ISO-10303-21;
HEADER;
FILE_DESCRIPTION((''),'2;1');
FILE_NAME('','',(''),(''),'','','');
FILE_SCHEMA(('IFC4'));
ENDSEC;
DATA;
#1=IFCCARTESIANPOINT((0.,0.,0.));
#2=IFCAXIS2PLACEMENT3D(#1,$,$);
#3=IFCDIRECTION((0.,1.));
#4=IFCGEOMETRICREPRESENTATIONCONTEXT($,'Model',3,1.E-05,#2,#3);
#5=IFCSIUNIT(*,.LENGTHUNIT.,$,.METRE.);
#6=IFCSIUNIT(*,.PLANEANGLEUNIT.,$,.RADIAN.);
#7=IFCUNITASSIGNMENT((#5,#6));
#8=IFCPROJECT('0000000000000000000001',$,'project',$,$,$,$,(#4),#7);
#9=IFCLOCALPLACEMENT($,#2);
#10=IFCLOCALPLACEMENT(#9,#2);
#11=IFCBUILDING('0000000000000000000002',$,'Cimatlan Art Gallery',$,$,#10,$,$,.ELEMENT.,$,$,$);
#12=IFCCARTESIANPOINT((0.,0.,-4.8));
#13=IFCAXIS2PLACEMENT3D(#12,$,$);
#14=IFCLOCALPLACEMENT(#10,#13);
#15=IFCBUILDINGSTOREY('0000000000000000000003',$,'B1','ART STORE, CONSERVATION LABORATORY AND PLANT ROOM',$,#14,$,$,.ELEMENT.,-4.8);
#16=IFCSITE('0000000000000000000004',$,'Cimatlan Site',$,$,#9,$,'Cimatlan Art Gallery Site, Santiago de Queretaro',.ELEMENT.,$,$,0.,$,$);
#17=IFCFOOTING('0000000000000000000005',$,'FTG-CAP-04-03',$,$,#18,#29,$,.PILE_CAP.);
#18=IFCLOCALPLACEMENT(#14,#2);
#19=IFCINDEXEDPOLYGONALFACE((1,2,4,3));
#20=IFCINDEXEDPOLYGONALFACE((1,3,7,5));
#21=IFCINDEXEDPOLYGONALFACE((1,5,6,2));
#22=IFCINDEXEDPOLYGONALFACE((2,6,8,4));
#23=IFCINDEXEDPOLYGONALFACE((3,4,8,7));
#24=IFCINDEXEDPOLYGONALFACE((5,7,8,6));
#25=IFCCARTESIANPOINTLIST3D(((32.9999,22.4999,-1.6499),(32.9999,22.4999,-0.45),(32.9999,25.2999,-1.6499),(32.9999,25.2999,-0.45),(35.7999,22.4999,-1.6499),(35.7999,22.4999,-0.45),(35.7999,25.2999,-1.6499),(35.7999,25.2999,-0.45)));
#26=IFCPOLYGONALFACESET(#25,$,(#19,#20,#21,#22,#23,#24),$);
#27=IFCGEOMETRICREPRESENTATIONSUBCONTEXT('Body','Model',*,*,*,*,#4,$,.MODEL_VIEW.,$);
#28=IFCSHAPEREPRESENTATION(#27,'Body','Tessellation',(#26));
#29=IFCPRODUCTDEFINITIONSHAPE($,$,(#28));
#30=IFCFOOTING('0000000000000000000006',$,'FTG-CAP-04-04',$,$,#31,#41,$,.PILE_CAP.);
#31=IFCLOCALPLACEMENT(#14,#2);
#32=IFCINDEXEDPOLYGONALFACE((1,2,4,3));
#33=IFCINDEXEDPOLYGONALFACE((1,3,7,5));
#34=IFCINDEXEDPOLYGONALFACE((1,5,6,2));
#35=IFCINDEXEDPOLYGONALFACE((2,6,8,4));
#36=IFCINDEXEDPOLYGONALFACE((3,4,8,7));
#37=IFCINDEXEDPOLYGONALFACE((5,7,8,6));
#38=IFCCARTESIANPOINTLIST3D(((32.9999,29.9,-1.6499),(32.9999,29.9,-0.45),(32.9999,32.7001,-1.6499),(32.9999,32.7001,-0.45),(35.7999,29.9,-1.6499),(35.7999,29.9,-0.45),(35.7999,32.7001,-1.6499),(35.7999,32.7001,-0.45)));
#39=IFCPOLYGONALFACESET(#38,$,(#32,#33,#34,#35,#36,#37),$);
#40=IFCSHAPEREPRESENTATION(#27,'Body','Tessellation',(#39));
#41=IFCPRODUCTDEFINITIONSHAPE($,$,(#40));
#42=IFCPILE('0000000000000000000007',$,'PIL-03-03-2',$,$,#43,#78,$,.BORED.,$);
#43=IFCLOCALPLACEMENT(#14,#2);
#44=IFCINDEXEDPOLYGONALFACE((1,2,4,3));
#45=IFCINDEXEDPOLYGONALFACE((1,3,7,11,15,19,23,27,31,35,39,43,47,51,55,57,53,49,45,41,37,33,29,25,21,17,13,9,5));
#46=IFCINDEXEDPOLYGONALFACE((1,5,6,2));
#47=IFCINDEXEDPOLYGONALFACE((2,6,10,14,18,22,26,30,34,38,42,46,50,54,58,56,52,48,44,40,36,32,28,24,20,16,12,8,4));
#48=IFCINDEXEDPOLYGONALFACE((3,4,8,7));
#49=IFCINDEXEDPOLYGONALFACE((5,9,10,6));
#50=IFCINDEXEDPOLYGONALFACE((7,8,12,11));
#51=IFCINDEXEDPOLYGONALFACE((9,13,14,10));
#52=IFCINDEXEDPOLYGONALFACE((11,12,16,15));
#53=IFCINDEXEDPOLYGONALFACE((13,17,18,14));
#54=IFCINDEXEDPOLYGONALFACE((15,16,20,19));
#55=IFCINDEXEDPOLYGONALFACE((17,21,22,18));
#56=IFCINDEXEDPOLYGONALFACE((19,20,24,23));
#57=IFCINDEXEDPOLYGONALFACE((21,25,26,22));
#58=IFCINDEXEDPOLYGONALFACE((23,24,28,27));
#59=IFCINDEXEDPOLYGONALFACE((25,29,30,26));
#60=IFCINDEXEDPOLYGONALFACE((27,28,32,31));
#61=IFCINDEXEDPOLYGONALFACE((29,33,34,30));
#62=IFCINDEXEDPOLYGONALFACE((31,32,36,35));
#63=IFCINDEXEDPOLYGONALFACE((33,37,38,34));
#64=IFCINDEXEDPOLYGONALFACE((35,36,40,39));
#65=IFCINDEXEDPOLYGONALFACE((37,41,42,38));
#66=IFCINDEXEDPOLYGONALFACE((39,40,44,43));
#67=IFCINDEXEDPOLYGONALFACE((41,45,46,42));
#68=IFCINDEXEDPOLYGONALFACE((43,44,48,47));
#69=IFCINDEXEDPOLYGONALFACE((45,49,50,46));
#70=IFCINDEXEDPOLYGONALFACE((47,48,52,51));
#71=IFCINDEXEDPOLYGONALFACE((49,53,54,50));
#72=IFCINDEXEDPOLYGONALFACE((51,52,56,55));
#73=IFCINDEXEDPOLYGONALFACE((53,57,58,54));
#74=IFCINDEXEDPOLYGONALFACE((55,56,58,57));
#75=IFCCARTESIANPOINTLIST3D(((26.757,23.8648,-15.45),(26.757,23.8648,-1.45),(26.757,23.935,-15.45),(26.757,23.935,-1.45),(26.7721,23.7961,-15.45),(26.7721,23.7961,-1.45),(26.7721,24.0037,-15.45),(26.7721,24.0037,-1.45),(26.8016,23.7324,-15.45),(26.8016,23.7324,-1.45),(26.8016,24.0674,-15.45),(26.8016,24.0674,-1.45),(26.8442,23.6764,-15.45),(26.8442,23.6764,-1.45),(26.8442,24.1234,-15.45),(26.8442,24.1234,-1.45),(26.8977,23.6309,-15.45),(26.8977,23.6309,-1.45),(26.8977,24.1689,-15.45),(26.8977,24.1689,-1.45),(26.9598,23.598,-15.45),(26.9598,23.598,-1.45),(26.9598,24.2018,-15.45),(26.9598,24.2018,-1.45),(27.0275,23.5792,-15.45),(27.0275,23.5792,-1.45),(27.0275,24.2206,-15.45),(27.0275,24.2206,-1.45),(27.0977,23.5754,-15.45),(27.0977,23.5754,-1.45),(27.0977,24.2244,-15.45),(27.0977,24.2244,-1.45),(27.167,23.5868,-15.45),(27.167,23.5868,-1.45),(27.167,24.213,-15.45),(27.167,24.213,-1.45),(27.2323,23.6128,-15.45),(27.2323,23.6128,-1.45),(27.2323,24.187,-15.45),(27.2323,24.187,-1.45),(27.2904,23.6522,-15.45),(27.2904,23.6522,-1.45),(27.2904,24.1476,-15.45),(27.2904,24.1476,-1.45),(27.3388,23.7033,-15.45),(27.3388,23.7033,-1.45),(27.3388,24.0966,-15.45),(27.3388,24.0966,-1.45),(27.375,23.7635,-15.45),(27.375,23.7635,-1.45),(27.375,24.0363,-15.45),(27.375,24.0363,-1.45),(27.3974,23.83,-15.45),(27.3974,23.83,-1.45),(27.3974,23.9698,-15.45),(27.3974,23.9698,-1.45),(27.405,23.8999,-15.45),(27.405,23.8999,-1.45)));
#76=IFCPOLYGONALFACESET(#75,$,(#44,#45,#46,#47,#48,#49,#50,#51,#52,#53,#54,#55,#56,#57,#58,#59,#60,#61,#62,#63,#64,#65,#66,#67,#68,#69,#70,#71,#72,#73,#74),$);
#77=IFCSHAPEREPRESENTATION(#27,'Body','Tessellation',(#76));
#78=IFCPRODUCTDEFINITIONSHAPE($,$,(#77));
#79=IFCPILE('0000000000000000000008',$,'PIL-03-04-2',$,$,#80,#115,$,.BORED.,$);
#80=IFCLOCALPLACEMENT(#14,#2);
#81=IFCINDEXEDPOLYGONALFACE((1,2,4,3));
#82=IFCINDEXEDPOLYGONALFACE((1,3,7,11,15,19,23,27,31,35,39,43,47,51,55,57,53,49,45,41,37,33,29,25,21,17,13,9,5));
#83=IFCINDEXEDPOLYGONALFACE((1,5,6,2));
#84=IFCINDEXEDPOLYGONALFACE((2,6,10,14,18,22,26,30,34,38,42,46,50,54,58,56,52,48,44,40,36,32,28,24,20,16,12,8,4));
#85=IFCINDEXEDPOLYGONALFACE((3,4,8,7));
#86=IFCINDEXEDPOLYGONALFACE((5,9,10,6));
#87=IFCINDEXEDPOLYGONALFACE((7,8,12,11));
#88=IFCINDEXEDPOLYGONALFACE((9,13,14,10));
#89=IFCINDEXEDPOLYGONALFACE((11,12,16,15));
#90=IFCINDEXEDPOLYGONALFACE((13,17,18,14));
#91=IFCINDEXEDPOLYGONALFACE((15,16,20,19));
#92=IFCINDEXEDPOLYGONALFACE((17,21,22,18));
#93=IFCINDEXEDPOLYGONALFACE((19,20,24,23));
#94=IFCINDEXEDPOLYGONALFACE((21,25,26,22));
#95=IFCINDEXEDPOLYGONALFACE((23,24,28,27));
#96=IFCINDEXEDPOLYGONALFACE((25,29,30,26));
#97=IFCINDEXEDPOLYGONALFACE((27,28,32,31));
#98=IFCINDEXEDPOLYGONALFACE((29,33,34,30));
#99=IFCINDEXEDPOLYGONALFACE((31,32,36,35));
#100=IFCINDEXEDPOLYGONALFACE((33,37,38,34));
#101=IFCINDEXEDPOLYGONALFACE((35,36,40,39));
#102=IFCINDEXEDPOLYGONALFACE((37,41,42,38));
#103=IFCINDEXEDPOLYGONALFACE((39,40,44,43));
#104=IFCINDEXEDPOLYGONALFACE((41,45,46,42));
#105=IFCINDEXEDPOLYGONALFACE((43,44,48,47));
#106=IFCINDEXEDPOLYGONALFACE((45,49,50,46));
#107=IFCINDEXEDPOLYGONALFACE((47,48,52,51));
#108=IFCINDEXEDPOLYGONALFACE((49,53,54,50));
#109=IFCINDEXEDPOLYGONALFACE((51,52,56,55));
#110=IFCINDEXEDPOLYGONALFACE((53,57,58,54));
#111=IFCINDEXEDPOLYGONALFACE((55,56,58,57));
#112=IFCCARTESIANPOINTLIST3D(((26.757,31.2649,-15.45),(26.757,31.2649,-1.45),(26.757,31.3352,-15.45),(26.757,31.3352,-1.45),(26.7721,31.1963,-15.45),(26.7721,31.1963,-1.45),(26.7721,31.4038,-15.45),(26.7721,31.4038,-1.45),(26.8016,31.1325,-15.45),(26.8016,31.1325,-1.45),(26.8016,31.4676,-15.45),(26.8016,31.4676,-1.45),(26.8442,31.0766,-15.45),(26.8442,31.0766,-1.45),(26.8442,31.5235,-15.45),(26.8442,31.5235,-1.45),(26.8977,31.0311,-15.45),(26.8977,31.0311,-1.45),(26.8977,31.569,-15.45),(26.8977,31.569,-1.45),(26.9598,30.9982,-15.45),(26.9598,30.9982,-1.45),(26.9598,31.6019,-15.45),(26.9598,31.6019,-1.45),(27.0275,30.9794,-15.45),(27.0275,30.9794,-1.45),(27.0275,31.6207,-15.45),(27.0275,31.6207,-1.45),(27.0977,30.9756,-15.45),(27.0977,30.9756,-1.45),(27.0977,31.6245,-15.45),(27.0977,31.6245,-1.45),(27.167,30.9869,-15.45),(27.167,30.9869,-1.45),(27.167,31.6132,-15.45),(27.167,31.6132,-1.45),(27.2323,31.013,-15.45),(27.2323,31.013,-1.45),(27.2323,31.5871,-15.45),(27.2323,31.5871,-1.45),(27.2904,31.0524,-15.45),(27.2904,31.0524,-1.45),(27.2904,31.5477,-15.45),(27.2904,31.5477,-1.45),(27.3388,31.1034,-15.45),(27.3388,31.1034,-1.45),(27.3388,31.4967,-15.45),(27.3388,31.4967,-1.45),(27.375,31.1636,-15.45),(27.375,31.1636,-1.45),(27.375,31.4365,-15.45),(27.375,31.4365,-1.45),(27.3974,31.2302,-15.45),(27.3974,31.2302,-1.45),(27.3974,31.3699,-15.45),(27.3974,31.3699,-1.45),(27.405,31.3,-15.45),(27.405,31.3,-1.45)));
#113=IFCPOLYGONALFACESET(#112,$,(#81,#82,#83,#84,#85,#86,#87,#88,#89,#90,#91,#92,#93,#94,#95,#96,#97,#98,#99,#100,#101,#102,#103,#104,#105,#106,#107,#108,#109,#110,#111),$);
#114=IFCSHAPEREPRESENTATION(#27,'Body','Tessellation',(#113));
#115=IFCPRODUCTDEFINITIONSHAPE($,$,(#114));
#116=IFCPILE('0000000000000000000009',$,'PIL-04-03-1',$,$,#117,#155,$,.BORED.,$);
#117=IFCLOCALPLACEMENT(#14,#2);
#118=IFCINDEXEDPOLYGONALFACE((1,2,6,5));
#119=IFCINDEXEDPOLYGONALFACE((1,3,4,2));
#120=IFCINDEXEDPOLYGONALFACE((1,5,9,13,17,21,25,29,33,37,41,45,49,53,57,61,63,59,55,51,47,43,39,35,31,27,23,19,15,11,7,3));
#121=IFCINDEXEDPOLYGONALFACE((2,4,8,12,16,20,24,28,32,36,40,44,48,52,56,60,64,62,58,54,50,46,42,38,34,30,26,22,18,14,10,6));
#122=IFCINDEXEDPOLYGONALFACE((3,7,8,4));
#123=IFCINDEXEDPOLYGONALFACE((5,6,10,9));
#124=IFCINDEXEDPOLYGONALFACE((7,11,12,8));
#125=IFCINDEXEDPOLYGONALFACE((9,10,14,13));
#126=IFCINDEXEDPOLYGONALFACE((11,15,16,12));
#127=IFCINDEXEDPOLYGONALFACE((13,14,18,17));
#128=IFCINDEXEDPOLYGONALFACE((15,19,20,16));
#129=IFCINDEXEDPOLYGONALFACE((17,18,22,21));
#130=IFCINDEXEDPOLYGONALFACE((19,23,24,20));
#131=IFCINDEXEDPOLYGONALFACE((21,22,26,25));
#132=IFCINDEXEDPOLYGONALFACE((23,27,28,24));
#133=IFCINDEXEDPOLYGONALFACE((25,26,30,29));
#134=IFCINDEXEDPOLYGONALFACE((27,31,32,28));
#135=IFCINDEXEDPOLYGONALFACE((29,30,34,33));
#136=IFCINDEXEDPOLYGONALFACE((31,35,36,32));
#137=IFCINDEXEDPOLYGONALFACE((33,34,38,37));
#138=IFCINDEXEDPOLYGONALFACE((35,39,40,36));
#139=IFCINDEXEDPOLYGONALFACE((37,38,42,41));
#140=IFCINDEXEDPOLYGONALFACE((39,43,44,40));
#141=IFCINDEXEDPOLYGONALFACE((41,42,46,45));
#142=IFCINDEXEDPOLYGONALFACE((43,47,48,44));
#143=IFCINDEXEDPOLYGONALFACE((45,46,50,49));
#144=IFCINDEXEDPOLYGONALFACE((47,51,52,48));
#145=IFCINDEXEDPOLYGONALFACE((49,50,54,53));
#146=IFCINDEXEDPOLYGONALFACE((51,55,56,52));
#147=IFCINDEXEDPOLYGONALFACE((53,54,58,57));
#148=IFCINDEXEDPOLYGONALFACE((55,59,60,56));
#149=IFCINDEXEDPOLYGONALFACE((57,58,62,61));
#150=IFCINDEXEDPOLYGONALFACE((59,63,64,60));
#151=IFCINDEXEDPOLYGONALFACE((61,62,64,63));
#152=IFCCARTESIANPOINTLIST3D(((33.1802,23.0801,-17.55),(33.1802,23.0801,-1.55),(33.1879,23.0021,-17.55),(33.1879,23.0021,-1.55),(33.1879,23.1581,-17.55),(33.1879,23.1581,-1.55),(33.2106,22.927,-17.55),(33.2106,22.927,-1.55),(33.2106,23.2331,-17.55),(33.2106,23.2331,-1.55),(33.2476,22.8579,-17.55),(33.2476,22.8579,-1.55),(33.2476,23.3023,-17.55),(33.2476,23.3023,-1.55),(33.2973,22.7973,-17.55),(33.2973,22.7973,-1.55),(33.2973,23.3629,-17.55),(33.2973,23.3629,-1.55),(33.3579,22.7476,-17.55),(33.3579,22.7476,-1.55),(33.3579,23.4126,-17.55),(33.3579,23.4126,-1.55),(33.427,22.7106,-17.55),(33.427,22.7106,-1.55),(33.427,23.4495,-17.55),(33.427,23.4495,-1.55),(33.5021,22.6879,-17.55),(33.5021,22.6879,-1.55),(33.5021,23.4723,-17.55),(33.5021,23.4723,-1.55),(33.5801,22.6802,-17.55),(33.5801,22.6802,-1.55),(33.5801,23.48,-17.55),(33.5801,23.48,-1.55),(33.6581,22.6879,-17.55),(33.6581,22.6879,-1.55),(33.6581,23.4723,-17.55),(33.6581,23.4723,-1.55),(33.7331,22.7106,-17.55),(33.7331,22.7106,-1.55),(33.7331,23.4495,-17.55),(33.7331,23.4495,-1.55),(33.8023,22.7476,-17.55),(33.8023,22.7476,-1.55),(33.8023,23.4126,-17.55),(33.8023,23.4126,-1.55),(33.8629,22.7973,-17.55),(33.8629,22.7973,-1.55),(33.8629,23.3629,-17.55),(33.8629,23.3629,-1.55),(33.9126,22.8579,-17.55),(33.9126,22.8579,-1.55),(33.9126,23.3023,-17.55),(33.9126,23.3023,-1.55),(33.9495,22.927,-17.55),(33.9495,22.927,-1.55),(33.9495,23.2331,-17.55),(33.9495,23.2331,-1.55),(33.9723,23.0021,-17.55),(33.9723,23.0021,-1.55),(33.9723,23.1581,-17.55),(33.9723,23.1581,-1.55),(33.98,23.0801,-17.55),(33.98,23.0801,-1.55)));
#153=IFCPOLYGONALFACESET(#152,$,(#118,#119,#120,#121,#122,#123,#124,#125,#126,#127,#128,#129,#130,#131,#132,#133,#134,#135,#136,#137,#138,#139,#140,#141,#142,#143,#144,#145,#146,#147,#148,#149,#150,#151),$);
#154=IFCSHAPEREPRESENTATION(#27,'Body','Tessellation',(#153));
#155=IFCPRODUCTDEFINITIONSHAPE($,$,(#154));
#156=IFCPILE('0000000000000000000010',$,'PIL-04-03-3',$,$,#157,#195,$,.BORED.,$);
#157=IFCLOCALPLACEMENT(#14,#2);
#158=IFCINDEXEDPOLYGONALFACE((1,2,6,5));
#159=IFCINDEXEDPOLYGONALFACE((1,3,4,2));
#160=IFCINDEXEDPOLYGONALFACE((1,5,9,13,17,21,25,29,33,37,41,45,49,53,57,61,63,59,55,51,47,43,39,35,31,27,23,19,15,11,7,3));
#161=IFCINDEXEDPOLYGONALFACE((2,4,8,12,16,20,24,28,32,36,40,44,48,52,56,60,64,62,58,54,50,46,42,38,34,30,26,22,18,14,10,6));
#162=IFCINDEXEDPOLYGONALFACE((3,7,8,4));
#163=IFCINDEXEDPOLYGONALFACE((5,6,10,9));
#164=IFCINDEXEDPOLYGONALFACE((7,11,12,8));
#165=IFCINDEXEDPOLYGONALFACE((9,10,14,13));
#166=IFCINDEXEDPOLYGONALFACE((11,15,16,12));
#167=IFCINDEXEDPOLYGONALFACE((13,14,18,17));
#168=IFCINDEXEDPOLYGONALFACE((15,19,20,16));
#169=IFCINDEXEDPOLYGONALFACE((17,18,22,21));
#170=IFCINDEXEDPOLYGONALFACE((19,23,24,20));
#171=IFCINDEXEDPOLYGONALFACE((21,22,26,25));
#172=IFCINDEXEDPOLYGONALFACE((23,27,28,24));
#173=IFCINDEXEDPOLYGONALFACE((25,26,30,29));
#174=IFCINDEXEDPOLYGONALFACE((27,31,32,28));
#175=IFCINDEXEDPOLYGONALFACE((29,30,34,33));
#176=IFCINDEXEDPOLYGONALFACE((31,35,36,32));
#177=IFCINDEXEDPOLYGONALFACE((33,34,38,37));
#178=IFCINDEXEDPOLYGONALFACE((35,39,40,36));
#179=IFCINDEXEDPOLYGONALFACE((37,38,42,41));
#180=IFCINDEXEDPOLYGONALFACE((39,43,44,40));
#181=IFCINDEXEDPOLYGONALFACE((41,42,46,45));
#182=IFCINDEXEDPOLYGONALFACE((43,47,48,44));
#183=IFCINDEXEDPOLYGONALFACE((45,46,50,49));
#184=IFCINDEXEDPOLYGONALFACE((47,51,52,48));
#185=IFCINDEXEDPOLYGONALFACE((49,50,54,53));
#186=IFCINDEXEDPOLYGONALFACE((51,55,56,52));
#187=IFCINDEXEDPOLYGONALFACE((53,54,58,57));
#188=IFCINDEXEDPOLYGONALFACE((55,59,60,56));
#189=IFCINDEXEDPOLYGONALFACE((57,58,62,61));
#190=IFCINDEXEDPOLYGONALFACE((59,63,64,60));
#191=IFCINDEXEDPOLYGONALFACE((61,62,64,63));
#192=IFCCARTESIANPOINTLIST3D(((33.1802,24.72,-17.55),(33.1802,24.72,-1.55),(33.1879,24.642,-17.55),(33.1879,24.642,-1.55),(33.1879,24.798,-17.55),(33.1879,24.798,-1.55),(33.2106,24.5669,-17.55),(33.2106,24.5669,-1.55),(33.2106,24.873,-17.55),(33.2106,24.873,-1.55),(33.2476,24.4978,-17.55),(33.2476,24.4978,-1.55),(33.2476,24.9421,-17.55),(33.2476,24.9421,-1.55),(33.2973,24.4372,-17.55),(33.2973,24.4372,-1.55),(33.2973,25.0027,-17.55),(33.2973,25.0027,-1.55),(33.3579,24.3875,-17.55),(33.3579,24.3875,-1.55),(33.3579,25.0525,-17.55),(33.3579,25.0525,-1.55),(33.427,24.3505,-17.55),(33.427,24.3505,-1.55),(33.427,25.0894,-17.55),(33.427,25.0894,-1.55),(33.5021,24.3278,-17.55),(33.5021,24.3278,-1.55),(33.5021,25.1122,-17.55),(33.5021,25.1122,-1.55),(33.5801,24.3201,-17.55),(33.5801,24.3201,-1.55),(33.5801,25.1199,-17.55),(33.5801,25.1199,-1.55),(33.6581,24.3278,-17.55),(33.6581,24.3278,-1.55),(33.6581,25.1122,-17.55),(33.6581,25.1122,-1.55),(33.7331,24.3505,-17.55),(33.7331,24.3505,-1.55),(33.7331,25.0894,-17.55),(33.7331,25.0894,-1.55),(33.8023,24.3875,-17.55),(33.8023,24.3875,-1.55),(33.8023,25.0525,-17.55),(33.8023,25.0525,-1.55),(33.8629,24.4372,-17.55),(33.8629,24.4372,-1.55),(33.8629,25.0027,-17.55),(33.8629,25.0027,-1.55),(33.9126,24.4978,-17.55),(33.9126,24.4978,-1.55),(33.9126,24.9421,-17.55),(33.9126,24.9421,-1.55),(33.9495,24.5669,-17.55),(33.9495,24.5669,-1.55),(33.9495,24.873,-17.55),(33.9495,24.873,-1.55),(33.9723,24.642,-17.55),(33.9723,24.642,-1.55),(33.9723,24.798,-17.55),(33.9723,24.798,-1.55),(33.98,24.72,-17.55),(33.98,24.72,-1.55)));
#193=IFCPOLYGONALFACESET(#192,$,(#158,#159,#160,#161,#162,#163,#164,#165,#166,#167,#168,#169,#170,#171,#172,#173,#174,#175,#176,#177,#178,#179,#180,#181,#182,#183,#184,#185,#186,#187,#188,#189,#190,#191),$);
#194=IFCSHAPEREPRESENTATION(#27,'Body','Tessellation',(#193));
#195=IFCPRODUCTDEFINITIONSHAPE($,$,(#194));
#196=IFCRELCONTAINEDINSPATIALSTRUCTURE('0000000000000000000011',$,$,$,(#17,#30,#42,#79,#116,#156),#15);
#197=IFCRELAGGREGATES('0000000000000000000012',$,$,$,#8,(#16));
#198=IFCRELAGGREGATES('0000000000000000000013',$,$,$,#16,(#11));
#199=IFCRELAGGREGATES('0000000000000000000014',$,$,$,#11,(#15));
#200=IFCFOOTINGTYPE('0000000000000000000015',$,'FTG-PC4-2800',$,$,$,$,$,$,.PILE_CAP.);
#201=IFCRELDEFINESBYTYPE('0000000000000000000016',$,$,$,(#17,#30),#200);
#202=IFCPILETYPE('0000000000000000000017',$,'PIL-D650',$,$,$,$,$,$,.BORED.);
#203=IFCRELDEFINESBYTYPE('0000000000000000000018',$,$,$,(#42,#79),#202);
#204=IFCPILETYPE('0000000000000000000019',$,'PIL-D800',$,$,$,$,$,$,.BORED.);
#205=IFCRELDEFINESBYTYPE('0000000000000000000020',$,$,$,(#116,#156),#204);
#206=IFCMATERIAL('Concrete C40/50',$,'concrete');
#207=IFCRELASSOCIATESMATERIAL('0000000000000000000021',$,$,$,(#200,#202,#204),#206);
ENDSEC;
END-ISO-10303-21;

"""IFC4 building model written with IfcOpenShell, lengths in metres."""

from ifc_helpers import new_model, si_unit, direction, frame, origin, origin_2d, place, context, subcontext, project, spatial, rectangle, circle, extrude, material, type_object, element, save


model = new_model("IFC4")

# Units and contexts
model_context = context("Model", 3, precision=1e-05, world=origin(), true_north=direction((0.0, 1.0)))
body_context = subcontext(model_context, "Body", "Model", "MODEL_VIEW")
ifc_project = project(units=[si_unit("LENGTHUNIT", "METRE"), si_unit("PLANEANGLEUNIT", "RADIAN")], contexts=[model_context])

# Site, building, storey
site_placement = place(None, origin())
site = spatial("IfcSite", under=ifc_project, at=site_placement, Name="Cimatlan Site", LongName="Cimatlan Art Gallery Site, Santiago de Queretaro", CompositionType="ELEMENT", RefElevation=0.0)
building_placement = place(site_placement, origin())
building = spatial("IfcBuilding", under=site, at=building_placement, Name="Cimatlan Art Gallery", CompositionType="ELEMENT")
storey_placement = place(building_placement, frame((0.0, 0.0, -4.8)))
storey = spatial("IfcBuildingStorey", under=building, at=storey_placement, Name="B1", Description="ART STORE, CONSERVATION LABORATORY AND PLANT ROOM", CompositionType="ELEMENT", Elevation=-4.8)

# Footings
ifc_material_1 = material(Name="Concrete C40/50", Category="concrete")
footing_type = type_object("IfcFootingType", Name="FTG-PC4-2800", PredefinedType="PILE_CAP", material=ifc_material_1)
for number, where, z_axis, x_axis, name in (
    (1, (34.3999, 23.8999, -1.6499), (0.0, 0.0, 1.0), (1.0, 0.0, 0.0), "FTG-CAP-04-03"),
    (2, (34.3999, 31.3, -1.6499), (0.0, 0.0, 1.0), (1.0, 0.0, 0.0), "FTG-CAP-04-04"),
):
    element("IfcFooting", number, at=place(storey_placement, frame(where, z_axis=z_axis, x_axis=x_axis)), inside=storey, type_object=footing_type, Name=name, PredefinedType="PILE_CAP", context=body_context, shape_type="SweptSolid", body=[
        extrude(rectangle(XDim=2.8, YDim=2.8, at=origin_2d()), origin(), (0.0, 0.0, 1.0), 1.2),
    ])

# Piles
pile_type_1 = type_object("IfcPileType", Name="PIL-D650", PredefinedType="BORED", material=ifc_material_1)
for number, where, z_axis, x_axis, name in (
    (3, (27.0801, 23.8999, -1.45), (0.0, 0.0, -1.0), (1.0, 0.0, 0.0), "PIL-03-03-2"),
    (4, (27.0801, 31.3, -1.45), (0.0, 0.0, -1.0), (1.0, 0.0, 0.0), "PIL-03-04-2"),
):
    element("IfcPile", number, at=place(storey_placement, frame(where, z_axis=z_axis, x_axis=x_axis)), inside=storey, type_object=pile_type_1, Name=name, PredefinedType="BORED", context=body_context, shape_type="SweptSolid", body=[
        extrude(circle(Radius=0.325, at=origin_2d()), origin(), (0.0, 0.0, 1.0), 14.0),
    ])
pile_type_2 = type_object("IfcPileType", Name="PIL-D800", PredefinedType="BORED", material=ifc_material_1)
for number, where, z_axis, x_axis, name in (
    (5, (33.5801, 23.0801, -1.55), (0.0, 0.0, -1.0), (1.0, 0.0, 0.0), "PIL-04-03-1"),
    (6, (33.5801, 24.72, -1.55), (0.0, 0.0, -1.0), (1.0, 0.0, 0.0), "PIL-04-03-3"),
):
    element("IfcPile", number, at=place(storey_placement, frame(where, z_axis=z_axis, x_axis=x_axis)), inside=storey, type_object=pile_type_2, Name=name, PredefinedType="BORED", context=body_context, shape_type="SweptSolid", body=[
        extrude(circle(Radius=0.3999, at=origin_2d()), origin(), (0.0, 0.0, 1.0), 16.0),
    ])

save(model, "model.ifc")
